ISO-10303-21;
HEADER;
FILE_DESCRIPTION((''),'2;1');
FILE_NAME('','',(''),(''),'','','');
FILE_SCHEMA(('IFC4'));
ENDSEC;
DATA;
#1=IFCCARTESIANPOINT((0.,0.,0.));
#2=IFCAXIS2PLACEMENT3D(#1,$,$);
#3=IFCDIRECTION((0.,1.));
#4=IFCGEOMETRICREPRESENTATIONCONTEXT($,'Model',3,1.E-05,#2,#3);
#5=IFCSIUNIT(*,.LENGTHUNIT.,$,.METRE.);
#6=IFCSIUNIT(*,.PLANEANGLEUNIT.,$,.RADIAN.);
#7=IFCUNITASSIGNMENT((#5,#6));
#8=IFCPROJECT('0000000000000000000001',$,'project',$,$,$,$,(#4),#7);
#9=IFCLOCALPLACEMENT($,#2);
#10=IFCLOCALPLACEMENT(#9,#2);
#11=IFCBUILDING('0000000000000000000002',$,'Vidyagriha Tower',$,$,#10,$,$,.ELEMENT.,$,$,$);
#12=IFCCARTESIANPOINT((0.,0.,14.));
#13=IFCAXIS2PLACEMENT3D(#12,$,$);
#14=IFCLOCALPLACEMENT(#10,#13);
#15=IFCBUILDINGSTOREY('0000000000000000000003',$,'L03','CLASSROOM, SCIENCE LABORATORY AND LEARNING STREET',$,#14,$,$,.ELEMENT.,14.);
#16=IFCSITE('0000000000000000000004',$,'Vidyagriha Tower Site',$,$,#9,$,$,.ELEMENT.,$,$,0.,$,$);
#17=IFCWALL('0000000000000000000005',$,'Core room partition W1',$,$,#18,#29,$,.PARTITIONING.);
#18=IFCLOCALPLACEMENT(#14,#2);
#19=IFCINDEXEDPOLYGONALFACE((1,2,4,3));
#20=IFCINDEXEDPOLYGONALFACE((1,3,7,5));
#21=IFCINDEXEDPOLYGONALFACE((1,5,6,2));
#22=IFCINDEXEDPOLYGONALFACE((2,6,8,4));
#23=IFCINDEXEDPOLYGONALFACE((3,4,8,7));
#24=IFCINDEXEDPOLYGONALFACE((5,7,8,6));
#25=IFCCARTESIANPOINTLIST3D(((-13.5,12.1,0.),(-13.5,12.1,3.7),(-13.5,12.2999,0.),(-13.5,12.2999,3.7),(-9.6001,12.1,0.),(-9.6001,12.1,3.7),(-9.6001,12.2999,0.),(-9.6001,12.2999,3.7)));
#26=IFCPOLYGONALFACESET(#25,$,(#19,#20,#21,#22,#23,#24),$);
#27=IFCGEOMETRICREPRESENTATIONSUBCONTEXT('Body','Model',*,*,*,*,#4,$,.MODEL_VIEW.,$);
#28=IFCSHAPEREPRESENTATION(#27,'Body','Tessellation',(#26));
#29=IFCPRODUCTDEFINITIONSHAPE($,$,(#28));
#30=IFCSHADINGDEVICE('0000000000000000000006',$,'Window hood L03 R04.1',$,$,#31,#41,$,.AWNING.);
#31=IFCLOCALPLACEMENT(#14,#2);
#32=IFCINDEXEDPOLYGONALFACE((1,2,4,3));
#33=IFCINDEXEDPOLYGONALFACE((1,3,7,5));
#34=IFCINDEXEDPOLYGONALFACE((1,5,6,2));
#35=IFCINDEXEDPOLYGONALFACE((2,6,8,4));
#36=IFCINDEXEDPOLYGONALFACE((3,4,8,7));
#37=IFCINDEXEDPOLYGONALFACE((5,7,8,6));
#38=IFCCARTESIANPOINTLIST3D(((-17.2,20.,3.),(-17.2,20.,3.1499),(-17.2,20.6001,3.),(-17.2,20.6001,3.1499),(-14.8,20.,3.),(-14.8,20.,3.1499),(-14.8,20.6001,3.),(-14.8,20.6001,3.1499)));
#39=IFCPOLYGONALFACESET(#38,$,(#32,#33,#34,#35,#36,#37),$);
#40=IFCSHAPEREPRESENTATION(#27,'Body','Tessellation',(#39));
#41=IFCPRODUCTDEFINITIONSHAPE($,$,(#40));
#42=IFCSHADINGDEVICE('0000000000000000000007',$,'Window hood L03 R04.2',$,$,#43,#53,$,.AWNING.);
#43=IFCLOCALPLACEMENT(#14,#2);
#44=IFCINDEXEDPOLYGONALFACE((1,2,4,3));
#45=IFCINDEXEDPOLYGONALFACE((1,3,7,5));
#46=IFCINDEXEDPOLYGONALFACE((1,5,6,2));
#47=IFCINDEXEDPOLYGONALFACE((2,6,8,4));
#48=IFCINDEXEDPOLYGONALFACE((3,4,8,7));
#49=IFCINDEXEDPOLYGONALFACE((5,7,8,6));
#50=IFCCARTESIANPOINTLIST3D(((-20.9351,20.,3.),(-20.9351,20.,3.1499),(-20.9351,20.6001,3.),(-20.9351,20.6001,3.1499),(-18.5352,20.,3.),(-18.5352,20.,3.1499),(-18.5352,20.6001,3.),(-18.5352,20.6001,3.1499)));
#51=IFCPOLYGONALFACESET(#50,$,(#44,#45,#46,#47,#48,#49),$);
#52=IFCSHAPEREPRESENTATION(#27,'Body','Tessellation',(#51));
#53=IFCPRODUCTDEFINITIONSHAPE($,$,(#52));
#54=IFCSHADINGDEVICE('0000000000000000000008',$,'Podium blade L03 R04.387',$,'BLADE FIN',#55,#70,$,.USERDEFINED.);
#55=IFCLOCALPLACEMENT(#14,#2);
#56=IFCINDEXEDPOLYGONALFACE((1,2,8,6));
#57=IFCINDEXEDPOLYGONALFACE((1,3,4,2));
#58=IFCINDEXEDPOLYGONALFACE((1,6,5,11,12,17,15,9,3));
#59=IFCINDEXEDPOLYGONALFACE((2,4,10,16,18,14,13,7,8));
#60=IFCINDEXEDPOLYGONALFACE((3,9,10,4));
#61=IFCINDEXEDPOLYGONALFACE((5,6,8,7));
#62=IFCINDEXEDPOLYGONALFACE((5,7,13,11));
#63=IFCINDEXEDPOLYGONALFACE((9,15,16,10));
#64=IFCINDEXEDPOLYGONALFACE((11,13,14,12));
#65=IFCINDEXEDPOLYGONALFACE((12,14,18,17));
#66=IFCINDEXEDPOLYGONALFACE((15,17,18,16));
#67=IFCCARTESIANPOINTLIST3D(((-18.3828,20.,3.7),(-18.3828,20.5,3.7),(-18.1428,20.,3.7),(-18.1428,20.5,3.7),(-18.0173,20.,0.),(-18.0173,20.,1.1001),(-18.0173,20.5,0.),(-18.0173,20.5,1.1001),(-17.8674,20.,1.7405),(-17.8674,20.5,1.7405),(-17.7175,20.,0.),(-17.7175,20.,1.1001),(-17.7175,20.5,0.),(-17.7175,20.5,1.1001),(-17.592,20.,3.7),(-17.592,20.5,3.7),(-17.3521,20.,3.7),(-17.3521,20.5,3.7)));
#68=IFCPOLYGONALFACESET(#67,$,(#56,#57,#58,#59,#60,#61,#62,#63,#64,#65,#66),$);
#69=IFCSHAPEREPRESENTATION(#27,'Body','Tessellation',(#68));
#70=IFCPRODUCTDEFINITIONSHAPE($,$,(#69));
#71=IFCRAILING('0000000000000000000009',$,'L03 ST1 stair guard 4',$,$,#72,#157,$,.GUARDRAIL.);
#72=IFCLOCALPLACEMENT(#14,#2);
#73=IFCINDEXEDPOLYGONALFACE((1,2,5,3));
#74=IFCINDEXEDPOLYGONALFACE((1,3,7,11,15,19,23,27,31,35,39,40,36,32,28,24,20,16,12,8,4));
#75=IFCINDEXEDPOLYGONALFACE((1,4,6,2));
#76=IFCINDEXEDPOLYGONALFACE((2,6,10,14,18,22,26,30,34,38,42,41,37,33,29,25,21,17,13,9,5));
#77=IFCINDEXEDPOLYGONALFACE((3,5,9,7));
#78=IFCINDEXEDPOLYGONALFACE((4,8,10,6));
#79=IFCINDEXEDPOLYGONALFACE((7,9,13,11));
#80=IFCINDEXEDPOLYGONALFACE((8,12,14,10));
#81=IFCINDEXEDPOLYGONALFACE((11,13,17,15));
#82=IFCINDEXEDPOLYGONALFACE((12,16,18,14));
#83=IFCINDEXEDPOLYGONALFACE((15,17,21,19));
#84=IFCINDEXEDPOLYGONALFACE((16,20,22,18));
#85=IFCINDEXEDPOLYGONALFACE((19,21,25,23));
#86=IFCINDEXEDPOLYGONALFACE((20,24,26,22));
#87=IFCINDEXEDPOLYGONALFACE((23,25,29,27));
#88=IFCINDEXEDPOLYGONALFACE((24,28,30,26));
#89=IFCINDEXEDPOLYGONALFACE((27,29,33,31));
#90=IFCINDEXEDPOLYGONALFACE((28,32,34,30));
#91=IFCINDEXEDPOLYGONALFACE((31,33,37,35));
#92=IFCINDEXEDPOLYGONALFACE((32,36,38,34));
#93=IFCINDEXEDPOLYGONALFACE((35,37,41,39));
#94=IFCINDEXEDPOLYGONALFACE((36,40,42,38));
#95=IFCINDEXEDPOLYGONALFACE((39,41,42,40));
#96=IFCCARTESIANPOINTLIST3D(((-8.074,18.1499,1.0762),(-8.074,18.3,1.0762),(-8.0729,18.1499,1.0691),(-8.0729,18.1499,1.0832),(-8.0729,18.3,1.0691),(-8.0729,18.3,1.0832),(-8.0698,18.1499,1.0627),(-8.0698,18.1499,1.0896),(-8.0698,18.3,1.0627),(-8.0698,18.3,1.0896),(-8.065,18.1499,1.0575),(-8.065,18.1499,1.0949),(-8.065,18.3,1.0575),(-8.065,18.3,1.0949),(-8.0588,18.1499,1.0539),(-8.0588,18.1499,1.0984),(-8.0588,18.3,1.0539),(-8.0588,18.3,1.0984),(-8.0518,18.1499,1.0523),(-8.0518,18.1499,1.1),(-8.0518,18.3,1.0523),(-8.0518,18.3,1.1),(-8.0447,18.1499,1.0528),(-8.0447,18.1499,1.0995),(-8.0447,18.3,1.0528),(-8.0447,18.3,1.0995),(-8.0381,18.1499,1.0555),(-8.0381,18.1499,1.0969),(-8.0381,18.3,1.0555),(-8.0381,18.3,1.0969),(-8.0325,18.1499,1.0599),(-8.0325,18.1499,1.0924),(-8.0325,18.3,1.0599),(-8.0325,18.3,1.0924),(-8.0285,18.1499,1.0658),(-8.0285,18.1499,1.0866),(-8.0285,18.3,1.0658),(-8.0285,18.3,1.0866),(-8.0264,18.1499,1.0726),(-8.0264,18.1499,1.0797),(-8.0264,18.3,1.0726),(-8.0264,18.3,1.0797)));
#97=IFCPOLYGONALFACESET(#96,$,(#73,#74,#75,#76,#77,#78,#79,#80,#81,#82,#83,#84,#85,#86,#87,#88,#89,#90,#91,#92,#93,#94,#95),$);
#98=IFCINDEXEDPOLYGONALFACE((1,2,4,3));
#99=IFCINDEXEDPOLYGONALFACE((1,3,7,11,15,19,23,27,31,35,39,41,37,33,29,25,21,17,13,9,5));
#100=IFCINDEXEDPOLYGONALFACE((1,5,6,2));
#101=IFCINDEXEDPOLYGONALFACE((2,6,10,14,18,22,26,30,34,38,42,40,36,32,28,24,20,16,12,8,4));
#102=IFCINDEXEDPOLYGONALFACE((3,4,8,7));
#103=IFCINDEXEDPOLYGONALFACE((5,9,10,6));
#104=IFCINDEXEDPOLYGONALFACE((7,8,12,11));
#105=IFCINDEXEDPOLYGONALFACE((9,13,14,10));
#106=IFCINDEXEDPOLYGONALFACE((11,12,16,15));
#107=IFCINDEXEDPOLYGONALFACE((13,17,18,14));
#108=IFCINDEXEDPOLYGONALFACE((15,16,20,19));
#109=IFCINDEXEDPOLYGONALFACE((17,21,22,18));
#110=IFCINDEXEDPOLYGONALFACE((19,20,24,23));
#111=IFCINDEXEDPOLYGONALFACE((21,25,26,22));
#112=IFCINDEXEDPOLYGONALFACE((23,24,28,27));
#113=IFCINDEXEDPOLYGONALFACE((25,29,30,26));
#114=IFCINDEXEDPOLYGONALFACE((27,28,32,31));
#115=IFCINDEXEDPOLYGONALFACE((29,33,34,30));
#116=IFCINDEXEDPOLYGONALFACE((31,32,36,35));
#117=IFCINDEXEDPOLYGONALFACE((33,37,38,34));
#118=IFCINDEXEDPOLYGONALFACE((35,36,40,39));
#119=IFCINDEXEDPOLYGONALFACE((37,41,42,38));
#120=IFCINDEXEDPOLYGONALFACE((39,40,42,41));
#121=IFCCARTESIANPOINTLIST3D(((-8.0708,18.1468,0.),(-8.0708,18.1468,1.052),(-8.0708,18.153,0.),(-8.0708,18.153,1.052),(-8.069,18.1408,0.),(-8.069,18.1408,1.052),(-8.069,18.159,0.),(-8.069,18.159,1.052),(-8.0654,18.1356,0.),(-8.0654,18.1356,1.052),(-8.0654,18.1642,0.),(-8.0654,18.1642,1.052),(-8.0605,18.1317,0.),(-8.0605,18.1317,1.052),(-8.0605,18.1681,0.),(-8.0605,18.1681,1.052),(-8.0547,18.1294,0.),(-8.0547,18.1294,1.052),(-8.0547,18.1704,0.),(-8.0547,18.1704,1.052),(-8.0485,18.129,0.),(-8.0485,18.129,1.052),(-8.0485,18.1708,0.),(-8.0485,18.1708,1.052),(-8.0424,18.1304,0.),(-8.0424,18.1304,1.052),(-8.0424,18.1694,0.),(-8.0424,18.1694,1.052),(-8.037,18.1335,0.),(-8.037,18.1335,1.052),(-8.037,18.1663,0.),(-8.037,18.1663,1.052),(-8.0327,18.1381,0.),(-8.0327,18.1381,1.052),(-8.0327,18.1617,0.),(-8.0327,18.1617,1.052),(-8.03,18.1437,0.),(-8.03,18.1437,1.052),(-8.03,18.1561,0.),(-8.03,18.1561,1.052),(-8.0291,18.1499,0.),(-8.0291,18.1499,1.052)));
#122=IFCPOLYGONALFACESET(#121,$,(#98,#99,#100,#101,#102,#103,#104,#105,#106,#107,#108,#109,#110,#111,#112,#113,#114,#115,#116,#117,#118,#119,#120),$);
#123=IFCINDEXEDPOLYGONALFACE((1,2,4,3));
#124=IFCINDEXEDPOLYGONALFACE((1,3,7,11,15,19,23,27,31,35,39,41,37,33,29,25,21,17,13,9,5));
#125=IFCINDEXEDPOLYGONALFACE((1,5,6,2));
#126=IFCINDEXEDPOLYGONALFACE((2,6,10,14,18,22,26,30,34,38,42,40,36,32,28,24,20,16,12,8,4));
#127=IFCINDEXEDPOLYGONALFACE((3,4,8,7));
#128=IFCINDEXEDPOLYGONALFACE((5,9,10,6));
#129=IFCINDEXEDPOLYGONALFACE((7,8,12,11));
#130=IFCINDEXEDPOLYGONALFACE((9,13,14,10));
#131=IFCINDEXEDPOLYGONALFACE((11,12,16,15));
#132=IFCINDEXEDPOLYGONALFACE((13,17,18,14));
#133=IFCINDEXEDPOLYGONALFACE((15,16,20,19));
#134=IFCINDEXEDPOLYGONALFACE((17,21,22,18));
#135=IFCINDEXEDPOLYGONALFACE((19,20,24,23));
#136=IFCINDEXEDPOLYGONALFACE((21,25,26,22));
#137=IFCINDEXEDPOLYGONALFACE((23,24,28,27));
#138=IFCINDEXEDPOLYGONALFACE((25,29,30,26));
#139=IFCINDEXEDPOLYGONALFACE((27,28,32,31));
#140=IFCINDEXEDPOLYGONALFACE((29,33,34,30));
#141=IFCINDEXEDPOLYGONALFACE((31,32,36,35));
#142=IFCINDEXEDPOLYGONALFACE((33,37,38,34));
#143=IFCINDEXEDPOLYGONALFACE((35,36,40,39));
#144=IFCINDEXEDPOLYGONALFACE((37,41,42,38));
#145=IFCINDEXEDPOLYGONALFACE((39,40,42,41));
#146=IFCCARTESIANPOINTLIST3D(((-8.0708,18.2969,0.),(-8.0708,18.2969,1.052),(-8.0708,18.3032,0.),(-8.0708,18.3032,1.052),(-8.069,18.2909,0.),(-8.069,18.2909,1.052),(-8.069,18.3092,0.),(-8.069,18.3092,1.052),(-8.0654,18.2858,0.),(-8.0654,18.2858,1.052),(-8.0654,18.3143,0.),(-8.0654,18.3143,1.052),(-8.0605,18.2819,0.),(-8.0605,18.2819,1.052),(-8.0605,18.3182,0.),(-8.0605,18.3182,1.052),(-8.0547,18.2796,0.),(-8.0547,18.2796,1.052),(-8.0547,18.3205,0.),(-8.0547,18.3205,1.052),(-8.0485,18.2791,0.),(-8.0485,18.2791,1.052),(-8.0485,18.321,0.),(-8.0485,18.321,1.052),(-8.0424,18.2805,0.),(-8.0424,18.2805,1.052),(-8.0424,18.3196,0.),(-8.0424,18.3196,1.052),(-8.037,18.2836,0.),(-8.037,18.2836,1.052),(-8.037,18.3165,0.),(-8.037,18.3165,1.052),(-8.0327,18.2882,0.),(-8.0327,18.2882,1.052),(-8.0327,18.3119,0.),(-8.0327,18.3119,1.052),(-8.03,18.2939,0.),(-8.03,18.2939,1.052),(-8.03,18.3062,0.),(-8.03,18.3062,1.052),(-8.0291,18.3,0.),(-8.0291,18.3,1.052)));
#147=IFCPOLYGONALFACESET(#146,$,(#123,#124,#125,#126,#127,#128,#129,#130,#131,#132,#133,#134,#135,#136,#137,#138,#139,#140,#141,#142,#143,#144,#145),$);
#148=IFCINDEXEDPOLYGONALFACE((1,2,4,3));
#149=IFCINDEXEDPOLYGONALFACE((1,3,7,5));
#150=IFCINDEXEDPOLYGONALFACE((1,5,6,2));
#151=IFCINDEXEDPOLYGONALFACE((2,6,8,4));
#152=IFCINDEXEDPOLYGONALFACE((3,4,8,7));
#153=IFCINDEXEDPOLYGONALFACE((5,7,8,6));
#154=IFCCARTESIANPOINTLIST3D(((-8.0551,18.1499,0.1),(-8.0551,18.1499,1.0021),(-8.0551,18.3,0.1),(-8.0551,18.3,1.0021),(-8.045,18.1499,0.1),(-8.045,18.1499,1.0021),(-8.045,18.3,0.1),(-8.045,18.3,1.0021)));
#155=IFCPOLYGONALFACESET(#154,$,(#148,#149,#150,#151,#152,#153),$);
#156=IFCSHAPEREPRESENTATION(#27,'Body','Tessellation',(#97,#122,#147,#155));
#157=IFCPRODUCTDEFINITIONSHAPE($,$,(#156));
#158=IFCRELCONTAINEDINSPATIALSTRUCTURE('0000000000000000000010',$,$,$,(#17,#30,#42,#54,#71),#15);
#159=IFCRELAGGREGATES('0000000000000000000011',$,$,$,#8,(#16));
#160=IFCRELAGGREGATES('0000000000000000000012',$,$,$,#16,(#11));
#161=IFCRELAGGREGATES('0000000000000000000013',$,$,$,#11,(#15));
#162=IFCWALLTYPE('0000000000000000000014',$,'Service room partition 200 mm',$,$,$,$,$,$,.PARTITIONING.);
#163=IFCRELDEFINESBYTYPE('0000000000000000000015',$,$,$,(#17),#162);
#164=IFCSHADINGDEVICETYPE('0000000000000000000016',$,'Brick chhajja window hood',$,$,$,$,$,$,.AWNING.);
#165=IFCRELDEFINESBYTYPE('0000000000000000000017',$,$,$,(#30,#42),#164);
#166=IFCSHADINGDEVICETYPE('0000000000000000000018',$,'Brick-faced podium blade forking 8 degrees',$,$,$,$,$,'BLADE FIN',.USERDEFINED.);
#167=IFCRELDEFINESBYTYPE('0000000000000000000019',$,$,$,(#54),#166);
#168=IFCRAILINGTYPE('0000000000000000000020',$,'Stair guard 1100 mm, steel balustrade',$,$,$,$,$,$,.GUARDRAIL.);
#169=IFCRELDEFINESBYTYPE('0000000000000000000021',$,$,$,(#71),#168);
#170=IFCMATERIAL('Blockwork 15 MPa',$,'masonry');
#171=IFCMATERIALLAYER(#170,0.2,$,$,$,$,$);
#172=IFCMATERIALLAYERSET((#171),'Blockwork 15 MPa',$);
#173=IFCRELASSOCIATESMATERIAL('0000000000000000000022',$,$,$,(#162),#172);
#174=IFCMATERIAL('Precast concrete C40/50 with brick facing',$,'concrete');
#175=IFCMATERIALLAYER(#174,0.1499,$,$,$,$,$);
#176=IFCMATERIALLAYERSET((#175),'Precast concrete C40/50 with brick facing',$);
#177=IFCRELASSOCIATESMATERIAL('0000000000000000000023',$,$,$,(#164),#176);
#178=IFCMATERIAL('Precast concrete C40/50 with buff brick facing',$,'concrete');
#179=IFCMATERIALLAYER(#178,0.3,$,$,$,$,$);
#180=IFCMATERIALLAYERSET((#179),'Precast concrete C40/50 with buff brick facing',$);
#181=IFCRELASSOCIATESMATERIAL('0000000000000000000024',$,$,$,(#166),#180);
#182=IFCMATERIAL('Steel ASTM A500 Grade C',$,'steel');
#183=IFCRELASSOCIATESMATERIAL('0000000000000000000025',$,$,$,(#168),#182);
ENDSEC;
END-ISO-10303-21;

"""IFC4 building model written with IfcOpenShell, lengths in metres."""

from ifc_helpers import new_model, si_unit, direction, frame, frame_2d, origin, origin_2d, place, context, subcontext, project, spatial, polyline, rectangle, circle, outline, extrude, material, layer, layer_set, type_object, element, save


model = new_model("IFC4")

# Units and contexts
model_context = context("Model", 3, precision=1e-05, world=origin(), true_north=direction((0.0, 1.0)))
body_context = subcontext(model_context, "Body", "Model", "MODEL_VIEW")
ifc_project = project(units=[si_unit("LENGTHUNIT", "METRE"), si_unit("PLANEANGLEUNIT", "RADIAN")], contexts=[model_context])

# Site, building, storey
site_placement = place(None, origin())
site = spatial("IfcSite", under=ifc_project, at=site_placement, Name="Vidyagriha Tower Site", CompositionType="ELEMENT", RefElevation=0.0)
building_placement = place(site_placement, origin())
building = spatial("IfcBuilding", under=site, at=building_placement, Name="Vidyagriha Tower", CompositionType="ELEMENT")
storey_placement = place(building_placement, frame((0.0, 0.0, 14.0)))
storey = spatial("IfcBuildingStorey", under=building, at=storey_placement, Name="L03", Description="CLASSROOM, SCIENCE LABORATORY AND LEARNING STREET", CompositionType="ELEMENT", Elevation=14.0)

# Wall
ifc_material_1 = material(Name="Blockwork 15 MPa", Category="masonry")
ifc_layer_1 = layer(ifc_material_1, 0.2)
ifc_layer_set_1 = layer_set([ifc_layer_1], Name="Blockwork 15 MPa")
wall_type_1 = type_object("IfcWallType", Name="Service room partition 200 mm", PredefinedType="PARTITIONING", material=ifc_layer_set_1)
wall_1_placement = place(storey_placement, frame((-13.5, 12.2, 0.0)))
element("IfcWall", 1, at=wall_1_placement, inside=storey, type_object=wall_type_1, Name="Core room partition W1", PredefinedType="PARTITIONING", context=body_context, shape_type="SweptSolid", body=[
    extrude(rectangle(XDim=3.8999, YDim=0.2, at=frame_2d((1.95, 0.0))), origin(), (0.0, 0.0, 1.0), 3.7),
])

# Shading devices
ifc_material_2 = material(Name="Precast concrete C40/50 with brick facing", Category="concrete")
ifc_layer_2 = layer(ifc_material_2, 0.1499)
ifc_layer_set_2 = layer_set([ifc_layer_2], Name="Precast concrete C40/50 with brick facing")
shading_device_type_1 = type_object("IfcShadingDeviceType", Name="Brick chhajja window hood", PredefinedType="AWNING", material=ifc_layer_set_2)
for number, where, z_axis, x_axis, name in (
    (2, (-16.0, 20.3, 3.0), (0.0, 0.0, 1.0), (-1.0, 0.0, 0.0), "Window hood L03 R04.1"),
    (3, (-19.7351, 20.3, 3.0), (0.0, 0.0, 1.0), (-1.0, 0.0, 0.0), "Window hood L03 R04.2"),
):
    element("IfcShadingDevice", number, at=place(storey_placement, frame(where, z_axis=z_axis, x_axis=x_axis)), inside=storey, type_object=shading_device_type_1, Name=name, PredefinedType="AWNING", context=body_context, shape_type="SweptSolid", body=[
        extrude(rectangle(XDim=2.3999, YDim=0.6001, at=origin_2d()), origin(), (0.0, 0.0, 1.0), 0.1499),
    ])
ifc_material_3 = material(Name="Precast concrete C40/50 with buff brick facing", Category="concrete")
ifc_layer_3 = layer(ifc_material_3, 0.3)
ifc_layer_set_3 = layer_set([ifc_layer_3], Name="Precast concrete C40/50 with buff brick facing")
shading_device_type_2 = type_object("IfcShadingDeviceType", Name="Brick-faced podium blade forking 8 degrees", ElementType="BLADE FIN", PredefinedType="USERDEFINED", material=ifc_layer_set_3)
shading_device_placement = place(storey_placement, frame((-17.3521, 20.25, 0.0), z_axis=(0.0, 0.0, 1.0), x_axis=(-1.0, 0.0, 0.0)))
element("IfcShadingDevice", 4, at=shading_device_placement, inside=storey, type_object=shading_device_type_2, Name="Podium blade L03 R04.387", ObjectType="BLADE FIN", PredefinedType="USERDEFINED", context=body_context, shape_type="SweptSolid", body=[
    extrude(outline(polyline([(0.6653, 0.0), (0.6653, 1.1001), (1.0308, 3.7), (0.7908, 3.7), (0.5154, 1.7405), (0.24, 3.7), (0.0, 3.7), (0.3655, 1.1001), (0.3655, 0.0), (0.6653, 0.0)])), frame((0.0, 0.25, 0.0), z_axis=(0.0, -1.0, 0.0), x_axis=(1.0, 0.0, 0.0)), (0.0, 0.0, 1.0), 0.5),
])

# Railing
ifc_material_4 = material(Name="Steel ASTM A500 Grade C", Category="steel")
railing_type = type_object("IfcRailingType", Name="Stair guard 1100 mm, steel balustrade", PredefinedType="GUARDRAIL", material=ifc_material_4)
railing_placement = place(storey_placement, frame((-8.05, 18.1499, 0.0)))
element("IfcRailing", 5, at=railing_placement, inside=storey, type_object=railing_type, Name="L03 ST1 stair guard 4", PredefinedType="GUARDRAIL", context=body_context, shape_type="SweptSolid", body=[
    extrude(circle(Radius=0.0239, at=origin_2d()), frame((0.0, 0.0, 1.0762), z_axis=(0.0, 1.0, 0.0), x_axis=(-1.0, 0.0, 0.0)), (0.0, 0.0, 1.0), 0.1501),
    extrude(circle(Radius=0.021, at=origin_2d()), origin(), (0.0, 0.0, 1.0), 1.052),
    extrude(circle(Radius=0.021, at=origin_2d()), frame((0.0, 0.1501, 0.0)), (0.0, 0.0, 1.0), 1.052),
    extrude(rectangle(XDim=0.01, YDim=0.9021, at=origin_2d()), frame((0.0, 0.0, 0.551), z_axis=(0.0, 1.0, 0.0), x_axis=(-1.0, 0.0, 0.0)), (0.0, 0.0, 1.0), 0.1501),
])

save(model, "model.ifc")
